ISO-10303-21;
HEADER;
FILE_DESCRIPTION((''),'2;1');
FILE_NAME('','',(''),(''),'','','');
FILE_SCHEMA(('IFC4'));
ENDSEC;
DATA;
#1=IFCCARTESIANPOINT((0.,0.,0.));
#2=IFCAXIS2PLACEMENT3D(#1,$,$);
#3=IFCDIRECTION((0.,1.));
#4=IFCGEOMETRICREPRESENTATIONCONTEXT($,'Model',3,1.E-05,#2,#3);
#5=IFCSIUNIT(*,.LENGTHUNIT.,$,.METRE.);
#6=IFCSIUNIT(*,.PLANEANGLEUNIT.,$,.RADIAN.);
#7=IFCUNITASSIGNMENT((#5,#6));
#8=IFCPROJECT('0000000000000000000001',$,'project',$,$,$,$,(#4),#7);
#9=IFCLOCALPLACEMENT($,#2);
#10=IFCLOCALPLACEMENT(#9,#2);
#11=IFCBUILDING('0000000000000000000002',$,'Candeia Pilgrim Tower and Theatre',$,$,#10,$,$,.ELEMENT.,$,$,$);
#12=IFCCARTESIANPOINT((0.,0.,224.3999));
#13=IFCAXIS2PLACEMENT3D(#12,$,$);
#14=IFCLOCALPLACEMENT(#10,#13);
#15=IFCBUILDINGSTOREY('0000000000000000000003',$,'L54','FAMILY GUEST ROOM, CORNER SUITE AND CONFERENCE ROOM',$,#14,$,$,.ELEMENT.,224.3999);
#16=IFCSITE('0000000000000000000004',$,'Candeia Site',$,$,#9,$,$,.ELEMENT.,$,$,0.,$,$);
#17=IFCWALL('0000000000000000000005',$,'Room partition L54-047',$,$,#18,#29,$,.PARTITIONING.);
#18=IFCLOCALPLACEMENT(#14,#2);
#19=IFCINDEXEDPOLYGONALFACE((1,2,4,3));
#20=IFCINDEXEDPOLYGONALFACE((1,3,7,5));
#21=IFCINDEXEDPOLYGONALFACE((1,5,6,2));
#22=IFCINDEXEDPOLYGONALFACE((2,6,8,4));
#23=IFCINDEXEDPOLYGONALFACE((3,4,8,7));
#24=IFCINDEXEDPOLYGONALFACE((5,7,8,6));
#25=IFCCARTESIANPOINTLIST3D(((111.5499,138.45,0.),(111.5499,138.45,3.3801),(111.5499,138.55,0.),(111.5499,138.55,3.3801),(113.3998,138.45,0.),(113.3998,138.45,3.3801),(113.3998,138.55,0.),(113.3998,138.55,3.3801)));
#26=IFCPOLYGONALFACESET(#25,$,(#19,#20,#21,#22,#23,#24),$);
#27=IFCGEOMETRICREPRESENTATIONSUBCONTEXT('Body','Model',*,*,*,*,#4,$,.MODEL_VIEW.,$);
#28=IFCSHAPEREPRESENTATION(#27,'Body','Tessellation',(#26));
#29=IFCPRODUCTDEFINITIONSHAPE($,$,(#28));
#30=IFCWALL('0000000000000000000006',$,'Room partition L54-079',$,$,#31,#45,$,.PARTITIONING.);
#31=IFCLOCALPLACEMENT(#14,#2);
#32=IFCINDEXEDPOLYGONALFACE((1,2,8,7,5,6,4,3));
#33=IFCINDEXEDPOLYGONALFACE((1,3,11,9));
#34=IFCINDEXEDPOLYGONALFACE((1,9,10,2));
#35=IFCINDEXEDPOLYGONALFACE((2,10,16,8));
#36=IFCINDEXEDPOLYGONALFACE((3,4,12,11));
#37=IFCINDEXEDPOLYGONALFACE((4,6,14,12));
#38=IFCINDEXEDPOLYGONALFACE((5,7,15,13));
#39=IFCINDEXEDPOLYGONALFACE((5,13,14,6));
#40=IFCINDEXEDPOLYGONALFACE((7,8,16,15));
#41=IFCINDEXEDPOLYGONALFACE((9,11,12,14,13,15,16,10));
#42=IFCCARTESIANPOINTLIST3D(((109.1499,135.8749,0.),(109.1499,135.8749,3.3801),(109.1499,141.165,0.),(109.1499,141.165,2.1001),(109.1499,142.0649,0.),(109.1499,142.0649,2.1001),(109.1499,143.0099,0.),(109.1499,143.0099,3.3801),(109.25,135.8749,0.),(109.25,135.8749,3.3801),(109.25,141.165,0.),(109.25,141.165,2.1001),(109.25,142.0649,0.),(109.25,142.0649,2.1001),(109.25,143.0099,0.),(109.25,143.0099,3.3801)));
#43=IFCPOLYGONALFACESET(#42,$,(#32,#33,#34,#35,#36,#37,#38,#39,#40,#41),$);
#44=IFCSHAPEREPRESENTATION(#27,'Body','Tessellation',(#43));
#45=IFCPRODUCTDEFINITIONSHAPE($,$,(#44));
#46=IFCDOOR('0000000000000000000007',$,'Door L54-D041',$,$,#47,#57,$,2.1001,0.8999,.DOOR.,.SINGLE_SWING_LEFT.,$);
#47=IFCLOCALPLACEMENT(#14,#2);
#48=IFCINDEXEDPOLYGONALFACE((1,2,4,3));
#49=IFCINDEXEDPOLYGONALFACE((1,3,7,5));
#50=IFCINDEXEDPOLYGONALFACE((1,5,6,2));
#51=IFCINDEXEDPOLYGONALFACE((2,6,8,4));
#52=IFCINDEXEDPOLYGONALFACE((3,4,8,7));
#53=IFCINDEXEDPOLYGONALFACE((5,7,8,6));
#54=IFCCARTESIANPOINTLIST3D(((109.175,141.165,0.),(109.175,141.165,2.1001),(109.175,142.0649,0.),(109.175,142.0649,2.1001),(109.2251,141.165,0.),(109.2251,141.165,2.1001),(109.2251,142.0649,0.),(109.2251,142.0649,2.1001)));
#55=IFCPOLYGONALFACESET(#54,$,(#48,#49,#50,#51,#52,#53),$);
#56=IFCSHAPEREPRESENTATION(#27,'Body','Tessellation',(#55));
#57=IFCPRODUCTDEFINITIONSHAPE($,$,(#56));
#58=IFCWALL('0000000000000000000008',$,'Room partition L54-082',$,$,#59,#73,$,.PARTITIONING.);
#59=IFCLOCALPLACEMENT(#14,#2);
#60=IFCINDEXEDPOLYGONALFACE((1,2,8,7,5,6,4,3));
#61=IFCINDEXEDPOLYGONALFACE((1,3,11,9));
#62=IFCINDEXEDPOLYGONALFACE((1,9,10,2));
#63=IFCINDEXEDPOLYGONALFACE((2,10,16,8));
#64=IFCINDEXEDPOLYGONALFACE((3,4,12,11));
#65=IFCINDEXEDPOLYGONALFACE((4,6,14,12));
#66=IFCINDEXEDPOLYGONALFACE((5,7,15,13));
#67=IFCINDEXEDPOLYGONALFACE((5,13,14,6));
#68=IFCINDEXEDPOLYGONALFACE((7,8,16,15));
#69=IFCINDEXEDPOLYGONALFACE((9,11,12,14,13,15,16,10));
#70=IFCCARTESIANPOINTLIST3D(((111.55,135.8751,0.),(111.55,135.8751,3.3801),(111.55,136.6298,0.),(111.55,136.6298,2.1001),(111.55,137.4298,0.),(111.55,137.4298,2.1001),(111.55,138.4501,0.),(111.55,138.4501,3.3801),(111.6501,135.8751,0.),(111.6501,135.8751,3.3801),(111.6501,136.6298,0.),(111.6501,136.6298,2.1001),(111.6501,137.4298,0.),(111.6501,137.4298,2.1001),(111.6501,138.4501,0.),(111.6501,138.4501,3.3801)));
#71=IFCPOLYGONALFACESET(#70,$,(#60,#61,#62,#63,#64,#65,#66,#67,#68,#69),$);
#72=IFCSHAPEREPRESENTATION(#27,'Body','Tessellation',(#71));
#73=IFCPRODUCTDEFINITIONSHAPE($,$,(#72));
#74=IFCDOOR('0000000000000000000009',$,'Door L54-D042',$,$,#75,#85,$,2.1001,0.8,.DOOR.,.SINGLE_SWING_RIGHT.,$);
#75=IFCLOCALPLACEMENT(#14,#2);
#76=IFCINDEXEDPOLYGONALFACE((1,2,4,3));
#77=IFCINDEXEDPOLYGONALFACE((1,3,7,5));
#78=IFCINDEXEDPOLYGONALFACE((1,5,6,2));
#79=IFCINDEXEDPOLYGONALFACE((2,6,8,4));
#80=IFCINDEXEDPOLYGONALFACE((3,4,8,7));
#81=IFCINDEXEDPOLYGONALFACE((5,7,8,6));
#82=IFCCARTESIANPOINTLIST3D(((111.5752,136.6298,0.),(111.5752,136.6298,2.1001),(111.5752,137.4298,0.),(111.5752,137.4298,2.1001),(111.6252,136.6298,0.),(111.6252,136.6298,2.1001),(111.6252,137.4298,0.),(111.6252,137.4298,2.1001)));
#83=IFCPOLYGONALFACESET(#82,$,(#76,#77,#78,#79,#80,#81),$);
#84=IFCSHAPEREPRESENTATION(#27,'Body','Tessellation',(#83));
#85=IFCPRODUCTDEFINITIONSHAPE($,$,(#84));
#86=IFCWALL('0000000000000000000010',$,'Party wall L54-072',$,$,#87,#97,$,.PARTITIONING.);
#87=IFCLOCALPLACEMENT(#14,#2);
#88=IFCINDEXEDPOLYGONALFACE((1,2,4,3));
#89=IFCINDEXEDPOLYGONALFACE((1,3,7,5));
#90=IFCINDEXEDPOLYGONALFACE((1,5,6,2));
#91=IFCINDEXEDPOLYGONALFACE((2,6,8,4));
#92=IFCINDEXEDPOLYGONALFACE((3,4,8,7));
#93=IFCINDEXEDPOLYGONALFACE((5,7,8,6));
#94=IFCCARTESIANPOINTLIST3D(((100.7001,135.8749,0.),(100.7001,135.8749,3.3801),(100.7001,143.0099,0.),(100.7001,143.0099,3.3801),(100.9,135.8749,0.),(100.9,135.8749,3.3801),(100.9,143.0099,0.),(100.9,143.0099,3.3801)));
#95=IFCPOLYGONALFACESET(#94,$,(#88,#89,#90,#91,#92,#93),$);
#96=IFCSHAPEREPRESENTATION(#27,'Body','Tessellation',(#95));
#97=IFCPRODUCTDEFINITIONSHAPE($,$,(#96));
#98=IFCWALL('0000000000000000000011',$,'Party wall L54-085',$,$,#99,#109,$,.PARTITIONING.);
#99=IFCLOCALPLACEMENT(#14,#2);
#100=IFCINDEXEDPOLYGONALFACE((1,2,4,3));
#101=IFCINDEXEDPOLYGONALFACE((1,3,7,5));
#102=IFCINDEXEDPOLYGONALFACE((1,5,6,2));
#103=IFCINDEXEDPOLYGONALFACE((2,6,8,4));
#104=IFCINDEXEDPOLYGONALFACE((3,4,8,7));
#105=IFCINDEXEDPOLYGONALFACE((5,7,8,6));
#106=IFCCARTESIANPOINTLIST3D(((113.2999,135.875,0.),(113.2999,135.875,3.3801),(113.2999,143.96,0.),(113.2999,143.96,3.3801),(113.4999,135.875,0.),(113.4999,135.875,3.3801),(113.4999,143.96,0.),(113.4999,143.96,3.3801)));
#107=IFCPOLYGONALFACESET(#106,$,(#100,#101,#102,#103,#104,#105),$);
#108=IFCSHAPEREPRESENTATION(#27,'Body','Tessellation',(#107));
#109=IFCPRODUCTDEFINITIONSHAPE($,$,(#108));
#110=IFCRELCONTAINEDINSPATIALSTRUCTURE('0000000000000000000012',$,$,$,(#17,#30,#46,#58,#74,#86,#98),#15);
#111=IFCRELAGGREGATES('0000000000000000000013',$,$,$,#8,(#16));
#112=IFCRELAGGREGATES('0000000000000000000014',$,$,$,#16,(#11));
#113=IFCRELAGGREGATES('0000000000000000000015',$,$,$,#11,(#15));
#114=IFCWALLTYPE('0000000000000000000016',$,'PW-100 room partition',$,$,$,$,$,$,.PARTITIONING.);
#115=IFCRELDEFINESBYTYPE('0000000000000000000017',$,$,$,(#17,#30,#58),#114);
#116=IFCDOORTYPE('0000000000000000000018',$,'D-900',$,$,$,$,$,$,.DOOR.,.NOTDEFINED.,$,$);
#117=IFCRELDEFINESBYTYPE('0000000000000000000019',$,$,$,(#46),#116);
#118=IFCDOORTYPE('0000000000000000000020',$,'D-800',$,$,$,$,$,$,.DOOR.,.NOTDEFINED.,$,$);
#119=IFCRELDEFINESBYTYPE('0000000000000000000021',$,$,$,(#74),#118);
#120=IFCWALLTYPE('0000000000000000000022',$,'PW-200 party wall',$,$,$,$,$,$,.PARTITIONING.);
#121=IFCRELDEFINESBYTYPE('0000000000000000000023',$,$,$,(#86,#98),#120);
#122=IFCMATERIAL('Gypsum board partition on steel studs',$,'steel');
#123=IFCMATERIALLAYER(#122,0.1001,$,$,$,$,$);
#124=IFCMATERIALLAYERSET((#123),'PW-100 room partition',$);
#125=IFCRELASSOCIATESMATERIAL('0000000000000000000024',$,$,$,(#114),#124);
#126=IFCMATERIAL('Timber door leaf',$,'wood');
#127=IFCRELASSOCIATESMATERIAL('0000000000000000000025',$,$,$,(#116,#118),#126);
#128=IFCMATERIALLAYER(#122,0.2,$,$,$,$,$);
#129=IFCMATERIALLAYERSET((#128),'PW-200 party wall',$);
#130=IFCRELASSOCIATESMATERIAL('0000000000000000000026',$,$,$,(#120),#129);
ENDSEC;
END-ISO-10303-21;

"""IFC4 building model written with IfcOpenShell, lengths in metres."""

from ifc_helpers import new_model, si_unit, direction, frame, frame_2d, origin, place, context, subcontext, project, spatial, rectangle, extrude, material, layer, layer_set, type_object, element, fill, save


model = new_model("IFC4")

# Units and contexts
model_context = context("Model", 3, precision=1e-05, world=origin(), true_north=direction((0.0, 1.0)))
body_context = subcontext(model_context, "Body", "Model", "MODEL_VIEW")
ifc_project = project(units=[si_unit("LENGTHUNIT", "METRE"), si_unit("PLANEANGLEUNIT", "RADIAN")], contexts=[model_context])

# Site, building, storey
site_placement = place(None, origin())
site = spatial("IfcSite", under=ifc_project, at=site_placement, Name="Candeia Site", CompositionType="ELEMENT", RefElevation=0.0)
building_placement = place(site_placement, origin())
building = spatial("IfcBuilding", under=site, at=building_placement, Name="Candeia Pilgrim Tower and Theatre", CompositionType="ELEMENT")
storey_placement = place(building_placement, frame((0.0, 0.0, 224.3999)))
storey = spatial("IfcBuildingStorey", under=building, at=storey_placement, Name="L54", Description="FAMILY GUEST ROOM, CORNER SUITE AND CONFERENCE ROOM", CompositionType="ELEMENT", Elevation=224.3999)

# Wall
ifc_material_1 = material(Name="Gypsum board partition on steel studs", Category="steel")
ifc_layer_1 = layer(ifc_material_1, 0.1001)
ifc_layer_set_1 = layer_set([ifc_layer_1], Name="PW-100 room partition")
wall_type_1 = type_object("IfcWallType", Name="PW-100 room partition", PredefinedType="PARTITIONING", material=ifc_layer_set_1)
wall_1_placement = place(storey_placement, frame((111.55, 138.5, 0.0), z_axis=(0.0, 0.0, 1.0), x_axis=(1.0, 0.0, 0.0)))
element("IfcWall", 1, at=wall_1_placement, inside=storey, type_object=wall_type_1, Name="Room partition L54-047", PredefinedType="PARTITIONING", context=body_context, shape_type="SweptSolid", body=[
    extrude(rectangle(XDim=1.8499, YDim=0.1001, at=frame_2d((0.9248, 0.0))), origin(), (0.0, 0.0, 1.0), 3.3801),
])

# Walls, openings, doors
wall_2_placement = place(storey_placement, frame((109.2, 135.875, 0.0), z_axis=(0.0, 0.0, 1.0), x_axis=(0.0, 1.0, 0.0)))
wall_2 = element("IfcWall", 2, at=wall_2_placement, inside=storey, type_object=wall_type_1, Name="Room partition L54-079", PredefinedType="PARTITIONING", context=body_context, shape_type="SweptSolid", body=[
    extrude(rectangle(XDim=7.135, YDim=0.1001, at=frame_2d((3.5674, 0.0))), origin(), (0.0, 0.0, 1.0), 3.3801),
])
opening_1_placement = place(wall_2_placement, frame((5.29, 0.0, 0.0)))
opening_1 = element("IfcOpeningElement", 3, at=opening_1_placement, cuts=wall_2, PredefinedType="OPENING", context=body_context, shape_type="SweptSolid", body=[
    extrude(rectangle(XDim=0.8999, YDim=2.1001, at=frame_2d((0.45, 1.05))), frame((0.0, 0.0601, 0.0), z_axis=(0.0, -1.0, 0.0), x_axis=(1.0, 0.0, 0.0)), (0.0, 0.0, 1.0), 0.1201),
])
ifc_material_2 = material(Name="Timber door leaf", Category="wood")
door_type_1 = type_object("IfcDoorType", Name="D-900", OperationType="NOTDEFINED", PredefinedType="DOOR", material=ifc_material_2)
door_1_placement = place(opening_1_placement, origin())
door_1 = element("IfcDoor", 4, at=door_1_placement, inside=storey, type_object=door_type_1, Name="Door L54-D041", OperationType="SINGLE_SWING_LEFT", OverallHeight=2.1001, OverallWidth=0.8999, PredefinedType="DOOR", context=body_context, shape_type="SweptSolid", body=[
    extrude(rectangle(XDim=0.8999, YDim=2.1001, at=frame_2d((0.45, 1.05))), frame((0.0, 0.0249, 0.0), z_axis=(0.0, -1.0, 0.0), x_axis=(1.0, 0.0, 0.0)), (0.0, 0.0, 1.0), 0.05),
])
fill(opening_1, door_1)
wall_3_placement = place(storey_placement, frame((111.6001, 135.875, 0.0), z_axis=(0.0, 0.0, 1.0), x_axis=(0.0, 1.0, 0.0)))
wall_3 = element("IfcWall", 5, at=wall_3_placement, inside=storey, type_object=wall_type_1, Name="Room partition L54-082", PredefinedType="PARTITIONING", context=body_context, shape_type="SweptSolid", body=[
    extrude(rectangle(XDim=2.575, YDim=0.1001, at=frame_2d((1.2876, 0.0))), origin(), (0.0, 0.0, 1.0), 3.3801),
])
opening_2_placement = place(wall_3_placement, frame((0.7549, 0.0, 0.0)))
opening_2 = element("IfcOpeningElement", 6, at=opening_2_placement, cuts=wall_3, PredefinedType="OPENING", context=body_context, shape_type="SweptSolid", body=[
    extrude(rectangle(XDim=0.8, YDim=2.1001, at=frame_2d((0.3999, 1.05))), frame((0.0, 0.0601, 0.0), z_axis=(0.0, -1.0, 0.0), x_axis=(1.0, 0.0, 0.0)), (0.0, 0.0, 1.0), 0.1201),
])
door_type_2 = type_object("IfcDoorType", Name="D-800", OperationType="NOTDEFINED", PredefinedType="DOOR", material=ifc_material_2)
door_2_placement = place(opening_2_placement, origin())
door_2 = element("IfcDoor", 7, at=door_2_placement, inside=storey, type_object=door_type_2, Name="Door L54-D042", OperationType="SINGLE_SWING_RIGHT", OverallHeight=2.1001, OverallWidth=0.8, PredefinedType="DOOR", context=body_context, shape_type="SweptSolid", body=[
    extrude(rectangle(XDim=0.8, YDim=2.1001, at=frame_2d((0.3999, 1.05))), frame((0.0, 0.0249, 0.0), z_axis=(0.0, -1.0, 0.0), x_axis=(1.0, 0.0, 0.0)), (0.0, 0.0, 1.0), 0.05),
])
fill(opening_2, door_2)

# Walls
ifc_layer_2 = layer(ifc_material_1, 0.2)
ifc_layer_set_2 = layer_set([ifc_layer_2], Name="PW-200 party wall")
wall_type_2 = type_object("IfcWallType", Name="PW-200 party wall", PredefinedType="PARTITIONING", material=ifc_layer_set_2)
wall_4_placement = place(storey_placement, frame((100.8, 135.875, 0.0), z_axis=(0.0, 0.0, 1.0), x_axis=(0.0, 1.0, 0.0)))
element("IfcWall", 8, at=wall_4_placement, inside=storey, type_object=wall_type_2, Name="Party wall L54-072", PredefinedType="PARTITIONING", context=body_context, shape_type="SweptSolid", body=[
    extrude(rectangle(XDim=7.135, YDim=0.2, at=frame_2d((3.5674, 0.0))), origin(), (0.0, 0.0, 1.0), 3.3801),
])
wall_5_placement = place(storey_placement, frame((113.3999, 135.875, 0.0), z_axis=(0.0, 0.0, 1.0), x_axis=(0.0, 1.0, 0.0)))
element("IfcWall", 9, at=wall_5_placement, inside=storey, type_object=wall_type_2, Name="Party wall L54-085", PredefinedType="PARTITIONING", context=body_context, shape_type="SweptSolid", body=[
    extrude(rectangle(XDim=8.085, YDim=0.2, at=frame_2d((4.0425, 0.0))), origin(), (0.0, 0.0, 1.0), 3.3801),
])

save(model, "model.ifc")
